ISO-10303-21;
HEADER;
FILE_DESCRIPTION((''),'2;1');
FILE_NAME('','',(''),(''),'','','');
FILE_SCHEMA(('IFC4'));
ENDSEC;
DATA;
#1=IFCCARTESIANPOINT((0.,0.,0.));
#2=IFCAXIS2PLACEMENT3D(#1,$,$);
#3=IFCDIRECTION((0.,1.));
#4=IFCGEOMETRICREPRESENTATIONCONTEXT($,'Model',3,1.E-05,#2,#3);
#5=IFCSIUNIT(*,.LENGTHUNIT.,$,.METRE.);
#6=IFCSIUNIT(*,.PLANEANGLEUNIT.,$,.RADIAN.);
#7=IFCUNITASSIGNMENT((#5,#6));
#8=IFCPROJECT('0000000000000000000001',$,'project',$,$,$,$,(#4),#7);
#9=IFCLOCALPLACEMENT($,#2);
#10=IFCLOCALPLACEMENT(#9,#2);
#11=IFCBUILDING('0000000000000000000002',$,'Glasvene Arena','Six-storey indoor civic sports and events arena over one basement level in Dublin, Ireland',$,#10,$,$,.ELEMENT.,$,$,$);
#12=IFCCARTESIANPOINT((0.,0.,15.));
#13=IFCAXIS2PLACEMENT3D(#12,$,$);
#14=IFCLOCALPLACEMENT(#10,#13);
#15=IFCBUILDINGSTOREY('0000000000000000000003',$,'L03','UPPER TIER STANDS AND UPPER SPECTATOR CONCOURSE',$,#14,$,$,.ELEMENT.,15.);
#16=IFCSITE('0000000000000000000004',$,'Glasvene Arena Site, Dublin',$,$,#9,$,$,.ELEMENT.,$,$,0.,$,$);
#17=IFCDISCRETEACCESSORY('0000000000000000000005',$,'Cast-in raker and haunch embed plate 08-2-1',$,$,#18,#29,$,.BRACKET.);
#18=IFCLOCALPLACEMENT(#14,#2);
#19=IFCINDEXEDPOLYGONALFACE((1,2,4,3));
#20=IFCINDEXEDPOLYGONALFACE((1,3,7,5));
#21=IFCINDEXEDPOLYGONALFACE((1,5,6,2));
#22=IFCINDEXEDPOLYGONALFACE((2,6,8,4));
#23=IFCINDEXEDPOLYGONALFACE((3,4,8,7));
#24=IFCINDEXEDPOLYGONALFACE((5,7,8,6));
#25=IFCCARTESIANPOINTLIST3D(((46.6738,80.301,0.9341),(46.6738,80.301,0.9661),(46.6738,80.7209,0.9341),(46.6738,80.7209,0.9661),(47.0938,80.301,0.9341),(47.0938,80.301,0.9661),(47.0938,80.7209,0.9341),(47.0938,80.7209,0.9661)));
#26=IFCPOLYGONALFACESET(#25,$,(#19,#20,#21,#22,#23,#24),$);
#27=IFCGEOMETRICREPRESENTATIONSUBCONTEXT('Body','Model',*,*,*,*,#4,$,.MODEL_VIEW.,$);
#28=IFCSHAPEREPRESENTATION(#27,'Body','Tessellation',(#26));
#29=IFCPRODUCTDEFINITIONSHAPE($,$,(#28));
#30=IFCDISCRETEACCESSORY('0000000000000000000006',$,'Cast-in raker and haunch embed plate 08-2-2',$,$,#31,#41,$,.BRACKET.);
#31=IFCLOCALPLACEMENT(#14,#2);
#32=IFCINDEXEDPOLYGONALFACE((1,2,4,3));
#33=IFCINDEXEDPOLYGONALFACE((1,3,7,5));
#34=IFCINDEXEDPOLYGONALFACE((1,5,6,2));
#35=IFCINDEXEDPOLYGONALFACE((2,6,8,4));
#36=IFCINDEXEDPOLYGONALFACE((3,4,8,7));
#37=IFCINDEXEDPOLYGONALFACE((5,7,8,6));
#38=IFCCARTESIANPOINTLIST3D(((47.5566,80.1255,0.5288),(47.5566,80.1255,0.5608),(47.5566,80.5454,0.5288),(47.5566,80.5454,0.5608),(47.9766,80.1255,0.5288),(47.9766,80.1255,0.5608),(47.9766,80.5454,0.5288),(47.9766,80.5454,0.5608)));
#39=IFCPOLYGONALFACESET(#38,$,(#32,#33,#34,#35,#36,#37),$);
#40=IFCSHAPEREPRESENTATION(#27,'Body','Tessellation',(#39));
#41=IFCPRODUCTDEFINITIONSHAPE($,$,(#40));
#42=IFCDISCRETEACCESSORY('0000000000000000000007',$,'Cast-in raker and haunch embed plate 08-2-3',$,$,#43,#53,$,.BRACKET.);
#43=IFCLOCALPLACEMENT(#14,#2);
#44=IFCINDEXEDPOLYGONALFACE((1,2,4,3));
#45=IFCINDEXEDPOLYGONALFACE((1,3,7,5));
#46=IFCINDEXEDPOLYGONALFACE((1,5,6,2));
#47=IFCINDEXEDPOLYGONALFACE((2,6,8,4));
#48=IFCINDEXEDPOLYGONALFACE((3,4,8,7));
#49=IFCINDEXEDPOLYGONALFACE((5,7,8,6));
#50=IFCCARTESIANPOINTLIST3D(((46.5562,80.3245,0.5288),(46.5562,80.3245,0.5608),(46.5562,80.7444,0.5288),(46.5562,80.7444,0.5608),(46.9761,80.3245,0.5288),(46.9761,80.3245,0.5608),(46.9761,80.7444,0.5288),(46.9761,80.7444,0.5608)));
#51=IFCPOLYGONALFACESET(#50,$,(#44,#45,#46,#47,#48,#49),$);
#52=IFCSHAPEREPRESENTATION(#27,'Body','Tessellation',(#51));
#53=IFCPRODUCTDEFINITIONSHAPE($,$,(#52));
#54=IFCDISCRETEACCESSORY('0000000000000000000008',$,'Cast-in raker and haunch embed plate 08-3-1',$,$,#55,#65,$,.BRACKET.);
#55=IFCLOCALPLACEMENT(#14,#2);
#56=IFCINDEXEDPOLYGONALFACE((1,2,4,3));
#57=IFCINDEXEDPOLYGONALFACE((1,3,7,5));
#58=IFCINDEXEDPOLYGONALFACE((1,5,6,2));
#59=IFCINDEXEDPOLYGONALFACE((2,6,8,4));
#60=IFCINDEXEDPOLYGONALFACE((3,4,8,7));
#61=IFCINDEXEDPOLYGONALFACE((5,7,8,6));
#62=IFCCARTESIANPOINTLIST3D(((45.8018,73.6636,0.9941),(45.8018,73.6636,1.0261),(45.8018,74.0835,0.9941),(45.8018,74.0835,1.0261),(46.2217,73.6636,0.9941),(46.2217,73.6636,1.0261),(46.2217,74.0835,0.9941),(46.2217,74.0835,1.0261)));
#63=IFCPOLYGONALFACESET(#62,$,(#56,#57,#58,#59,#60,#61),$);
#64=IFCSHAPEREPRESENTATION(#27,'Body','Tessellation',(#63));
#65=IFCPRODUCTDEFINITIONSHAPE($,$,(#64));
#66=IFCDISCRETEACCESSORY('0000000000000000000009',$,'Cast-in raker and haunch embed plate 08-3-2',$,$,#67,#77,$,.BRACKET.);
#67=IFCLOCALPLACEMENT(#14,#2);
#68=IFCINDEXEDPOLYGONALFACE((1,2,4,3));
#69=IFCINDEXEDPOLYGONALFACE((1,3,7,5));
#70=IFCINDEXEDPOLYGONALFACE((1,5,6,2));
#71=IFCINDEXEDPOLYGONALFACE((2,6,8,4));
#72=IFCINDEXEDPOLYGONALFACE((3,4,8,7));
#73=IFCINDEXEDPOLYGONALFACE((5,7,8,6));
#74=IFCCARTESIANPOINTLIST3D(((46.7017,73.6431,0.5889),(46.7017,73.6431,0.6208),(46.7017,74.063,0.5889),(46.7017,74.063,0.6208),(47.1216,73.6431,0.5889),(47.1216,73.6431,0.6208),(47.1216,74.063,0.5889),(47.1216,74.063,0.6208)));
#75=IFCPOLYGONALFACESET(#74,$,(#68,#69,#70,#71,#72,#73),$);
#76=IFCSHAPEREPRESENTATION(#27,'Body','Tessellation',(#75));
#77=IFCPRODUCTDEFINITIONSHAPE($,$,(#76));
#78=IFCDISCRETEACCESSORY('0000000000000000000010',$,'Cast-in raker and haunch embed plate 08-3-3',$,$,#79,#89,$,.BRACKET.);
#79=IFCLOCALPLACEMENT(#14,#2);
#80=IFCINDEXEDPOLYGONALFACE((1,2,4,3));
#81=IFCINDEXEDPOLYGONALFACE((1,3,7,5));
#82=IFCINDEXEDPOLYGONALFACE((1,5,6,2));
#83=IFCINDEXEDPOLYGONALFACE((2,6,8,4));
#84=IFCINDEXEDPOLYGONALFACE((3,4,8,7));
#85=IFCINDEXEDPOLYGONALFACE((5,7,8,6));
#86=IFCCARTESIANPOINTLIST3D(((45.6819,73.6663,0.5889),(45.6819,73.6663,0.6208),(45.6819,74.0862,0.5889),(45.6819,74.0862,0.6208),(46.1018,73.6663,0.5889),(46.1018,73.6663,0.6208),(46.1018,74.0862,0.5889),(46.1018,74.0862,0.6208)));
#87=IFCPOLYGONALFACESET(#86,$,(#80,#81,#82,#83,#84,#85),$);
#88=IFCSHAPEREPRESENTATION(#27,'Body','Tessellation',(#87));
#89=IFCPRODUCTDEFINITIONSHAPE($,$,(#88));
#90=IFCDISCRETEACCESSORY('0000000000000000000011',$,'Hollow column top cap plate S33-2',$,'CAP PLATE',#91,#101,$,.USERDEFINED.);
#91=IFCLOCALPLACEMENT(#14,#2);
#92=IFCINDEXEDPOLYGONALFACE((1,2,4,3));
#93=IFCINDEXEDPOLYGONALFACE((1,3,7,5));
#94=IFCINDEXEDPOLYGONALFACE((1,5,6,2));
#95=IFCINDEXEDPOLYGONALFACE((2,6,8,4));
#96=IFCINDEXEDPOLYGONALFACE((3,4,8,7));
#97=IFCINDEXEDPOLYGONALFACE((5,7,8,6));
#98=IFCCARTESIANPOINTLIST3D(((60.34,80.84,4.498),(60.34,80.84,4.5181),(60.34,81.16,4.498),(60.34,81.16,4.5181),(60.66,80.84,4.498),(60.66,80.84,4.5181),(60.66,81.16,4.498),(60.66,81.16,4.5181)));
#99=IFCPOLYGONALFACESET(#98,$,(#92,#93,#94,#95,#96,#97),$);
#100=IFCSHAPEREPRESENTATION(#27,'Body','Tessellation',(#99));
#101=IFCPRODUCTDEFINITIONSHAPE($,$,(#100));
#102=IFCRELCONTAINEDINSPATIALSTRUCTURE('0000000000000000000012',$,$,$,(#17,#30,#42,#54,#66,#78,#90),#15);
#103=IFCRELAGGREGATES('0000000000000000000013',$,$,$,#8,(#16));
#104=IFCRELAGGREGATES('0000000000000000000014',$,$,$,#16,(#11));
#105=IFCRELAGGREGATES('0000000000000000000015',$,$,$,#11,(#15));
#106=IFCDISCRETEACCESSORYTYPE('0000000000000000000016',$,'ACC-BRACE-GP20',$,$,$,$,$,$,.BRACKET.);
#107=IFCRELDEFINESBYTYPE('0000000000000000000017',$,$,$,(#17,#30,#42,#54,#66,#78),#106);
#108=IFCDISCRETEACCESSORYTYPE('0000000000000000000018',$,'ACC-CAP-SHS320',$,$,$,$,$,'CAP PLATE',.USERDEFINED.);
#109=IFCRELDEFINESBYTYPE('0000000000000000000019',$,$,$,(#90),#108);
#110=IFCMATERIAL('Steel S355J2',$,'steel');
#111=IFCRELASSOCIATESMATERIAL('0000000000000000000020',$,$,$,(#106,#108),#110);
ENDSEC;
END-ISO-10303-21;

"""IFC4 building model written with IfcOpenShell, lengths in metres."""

from ifc_helpers import new_model, si_unit, direction, frame, origin, origin_2d, place, context, subcontext, project, spatial, rectangle, extrude, material, type_object, element, save


model = new_model("IFC4")

# Units and contexts
model_context = context("Model", 3, precision=1e-05, world=origin(), true_north=direction((0.0, 1.0)))
body_context = subcontext(model_context, "Body", "Model", "MODEL_VIEW")
ifc_project = project(units=[si_unit("LENGTHUNIT", "METRE"), si_unit("PLANEANGLEUNIT", "RADIAN")], contexts=[model_context])

# Site, building, storey
site_placement = place(None, origin())
site = spatial("IfcSite", under=ifc_project, at=site_placement, Name="Glasvene Arena Site, Dublin", CompositionType="ELEMENT", RefElevation=0.0)
building_placement = place(site_placement, origin())
building = spatial("IfcBuilding", under=site, at=building_placement, Name="Glasvene Arena", Description="Six-storey indoor civic sports and events arena over one basement level in Dublin, Ireland", CompositionType="ELEMENT")
storey_placement = place(building_placement, frame((0.0, 0.0, 15.0)))
storey = spatial("IfcBuildingStorey", under=building, at=storey_placement, Name="L03", Description="UPPER TIER STANDS AND UPPER SPECTATOR CONCOURSE", CompositionType="ELEMENT", Elevation=15.0)

# Shared definitions
ifc_material_1 = material(Name="Steel S355J2", Category="steel")

# Discrete accessories
discrete_accessory_type_1 = type_object("IfcDiscreteAccessoryType", Name="ACC-BRACE-GP20", PredefinedType="BRACKET", material=ifc_material_1)
for number, where, z_axis, x_axis, name in (
    (1, (46.8838, 80.511, 0.9341), (0.0, 0.0, 1.0), (1.0, 0.0, 0.0), "Cast-in raker and haunch embed plate 08-2-1"),
    (2, (47.7666, 80.3354, 0.5288), (0.0, 0.0, 1.0), (1.0, 0.0, 0.0), "Cast-in raker and haunch embed plate 08-2-2"),
    (3, (46.7661, 80.5344, 0.5288), (0.0, 0.0, 1.0), (1.0, 0.0, 0.0), "Cast-in raker and haunch embed plate 08-2-3"),
    (4, (46.0117, 73.8735, 0.9941), (0.0, 0.0, 1.0), (1.0, 0.0, 0.0), "Cast-in raker and haunch embed plate 08-3-1"),
    (5, (46.9116, 73.853, 0.5889), (0.0, 0.0, 1.0), (1.0, 0.0, 0.0), "Cast-in raker and haunch embed plate 08-3-2"),
    (6, (45.8918, 73.8762, 0.5889), (0.0, 0.0, 1.0), (1.0, 0.0, 0.0), "Cast-in raker and haunch embed plate 08-3-3"),
):
    element("IfcDiscreteAccessory", number, at=place(storey_placement, frame(where, z_axis=z_axis, x_axis=x_axis)), inside=storey, type_object=discrete_accessory_type_1, Name=name, PredefinedType="BRACKET", context=body_context, shape_type="SweptSolid", body=[
        extrude(rectangle(XDim=0.4199, YDim=0.4199, at=origin_2d()), origin(), (0.0, 0.0, 1.0), 0.032),
    ])
discrete_accessory_type_2 = type_object("IfcDiscreteAccessoryType", Name="ACC-CAP-SHS320", ElementType="CAP PLATE", PredefinedType="USERDEFINED", material=ifc_material_1)
discrete_accessory_placement = place(storey_placement, frame((60.5, 81.0, 4.498), z_axis=(0.0, 0.0, 1.0), x_axis=(1.0, 0.0, 0.0)))
element("IfcDiscreteAccessory", 7, at=discrete_accessory_placement, inside=storey, type_object=discrete_accessory_type_2, Name="Hollow column top cap plate S33-2", ObjectType="CAP PLATE", PredefinedType="USERDEFINED", context=body_context, shape_type="SweptSolid", body=[
    extrude(rectangle(XDim=0.3201, YDim=0.3201, at=origin_2d()), origin(), (0.0, 0.0, 1.0), 0.02),
])

save(model, "model.ifc")
